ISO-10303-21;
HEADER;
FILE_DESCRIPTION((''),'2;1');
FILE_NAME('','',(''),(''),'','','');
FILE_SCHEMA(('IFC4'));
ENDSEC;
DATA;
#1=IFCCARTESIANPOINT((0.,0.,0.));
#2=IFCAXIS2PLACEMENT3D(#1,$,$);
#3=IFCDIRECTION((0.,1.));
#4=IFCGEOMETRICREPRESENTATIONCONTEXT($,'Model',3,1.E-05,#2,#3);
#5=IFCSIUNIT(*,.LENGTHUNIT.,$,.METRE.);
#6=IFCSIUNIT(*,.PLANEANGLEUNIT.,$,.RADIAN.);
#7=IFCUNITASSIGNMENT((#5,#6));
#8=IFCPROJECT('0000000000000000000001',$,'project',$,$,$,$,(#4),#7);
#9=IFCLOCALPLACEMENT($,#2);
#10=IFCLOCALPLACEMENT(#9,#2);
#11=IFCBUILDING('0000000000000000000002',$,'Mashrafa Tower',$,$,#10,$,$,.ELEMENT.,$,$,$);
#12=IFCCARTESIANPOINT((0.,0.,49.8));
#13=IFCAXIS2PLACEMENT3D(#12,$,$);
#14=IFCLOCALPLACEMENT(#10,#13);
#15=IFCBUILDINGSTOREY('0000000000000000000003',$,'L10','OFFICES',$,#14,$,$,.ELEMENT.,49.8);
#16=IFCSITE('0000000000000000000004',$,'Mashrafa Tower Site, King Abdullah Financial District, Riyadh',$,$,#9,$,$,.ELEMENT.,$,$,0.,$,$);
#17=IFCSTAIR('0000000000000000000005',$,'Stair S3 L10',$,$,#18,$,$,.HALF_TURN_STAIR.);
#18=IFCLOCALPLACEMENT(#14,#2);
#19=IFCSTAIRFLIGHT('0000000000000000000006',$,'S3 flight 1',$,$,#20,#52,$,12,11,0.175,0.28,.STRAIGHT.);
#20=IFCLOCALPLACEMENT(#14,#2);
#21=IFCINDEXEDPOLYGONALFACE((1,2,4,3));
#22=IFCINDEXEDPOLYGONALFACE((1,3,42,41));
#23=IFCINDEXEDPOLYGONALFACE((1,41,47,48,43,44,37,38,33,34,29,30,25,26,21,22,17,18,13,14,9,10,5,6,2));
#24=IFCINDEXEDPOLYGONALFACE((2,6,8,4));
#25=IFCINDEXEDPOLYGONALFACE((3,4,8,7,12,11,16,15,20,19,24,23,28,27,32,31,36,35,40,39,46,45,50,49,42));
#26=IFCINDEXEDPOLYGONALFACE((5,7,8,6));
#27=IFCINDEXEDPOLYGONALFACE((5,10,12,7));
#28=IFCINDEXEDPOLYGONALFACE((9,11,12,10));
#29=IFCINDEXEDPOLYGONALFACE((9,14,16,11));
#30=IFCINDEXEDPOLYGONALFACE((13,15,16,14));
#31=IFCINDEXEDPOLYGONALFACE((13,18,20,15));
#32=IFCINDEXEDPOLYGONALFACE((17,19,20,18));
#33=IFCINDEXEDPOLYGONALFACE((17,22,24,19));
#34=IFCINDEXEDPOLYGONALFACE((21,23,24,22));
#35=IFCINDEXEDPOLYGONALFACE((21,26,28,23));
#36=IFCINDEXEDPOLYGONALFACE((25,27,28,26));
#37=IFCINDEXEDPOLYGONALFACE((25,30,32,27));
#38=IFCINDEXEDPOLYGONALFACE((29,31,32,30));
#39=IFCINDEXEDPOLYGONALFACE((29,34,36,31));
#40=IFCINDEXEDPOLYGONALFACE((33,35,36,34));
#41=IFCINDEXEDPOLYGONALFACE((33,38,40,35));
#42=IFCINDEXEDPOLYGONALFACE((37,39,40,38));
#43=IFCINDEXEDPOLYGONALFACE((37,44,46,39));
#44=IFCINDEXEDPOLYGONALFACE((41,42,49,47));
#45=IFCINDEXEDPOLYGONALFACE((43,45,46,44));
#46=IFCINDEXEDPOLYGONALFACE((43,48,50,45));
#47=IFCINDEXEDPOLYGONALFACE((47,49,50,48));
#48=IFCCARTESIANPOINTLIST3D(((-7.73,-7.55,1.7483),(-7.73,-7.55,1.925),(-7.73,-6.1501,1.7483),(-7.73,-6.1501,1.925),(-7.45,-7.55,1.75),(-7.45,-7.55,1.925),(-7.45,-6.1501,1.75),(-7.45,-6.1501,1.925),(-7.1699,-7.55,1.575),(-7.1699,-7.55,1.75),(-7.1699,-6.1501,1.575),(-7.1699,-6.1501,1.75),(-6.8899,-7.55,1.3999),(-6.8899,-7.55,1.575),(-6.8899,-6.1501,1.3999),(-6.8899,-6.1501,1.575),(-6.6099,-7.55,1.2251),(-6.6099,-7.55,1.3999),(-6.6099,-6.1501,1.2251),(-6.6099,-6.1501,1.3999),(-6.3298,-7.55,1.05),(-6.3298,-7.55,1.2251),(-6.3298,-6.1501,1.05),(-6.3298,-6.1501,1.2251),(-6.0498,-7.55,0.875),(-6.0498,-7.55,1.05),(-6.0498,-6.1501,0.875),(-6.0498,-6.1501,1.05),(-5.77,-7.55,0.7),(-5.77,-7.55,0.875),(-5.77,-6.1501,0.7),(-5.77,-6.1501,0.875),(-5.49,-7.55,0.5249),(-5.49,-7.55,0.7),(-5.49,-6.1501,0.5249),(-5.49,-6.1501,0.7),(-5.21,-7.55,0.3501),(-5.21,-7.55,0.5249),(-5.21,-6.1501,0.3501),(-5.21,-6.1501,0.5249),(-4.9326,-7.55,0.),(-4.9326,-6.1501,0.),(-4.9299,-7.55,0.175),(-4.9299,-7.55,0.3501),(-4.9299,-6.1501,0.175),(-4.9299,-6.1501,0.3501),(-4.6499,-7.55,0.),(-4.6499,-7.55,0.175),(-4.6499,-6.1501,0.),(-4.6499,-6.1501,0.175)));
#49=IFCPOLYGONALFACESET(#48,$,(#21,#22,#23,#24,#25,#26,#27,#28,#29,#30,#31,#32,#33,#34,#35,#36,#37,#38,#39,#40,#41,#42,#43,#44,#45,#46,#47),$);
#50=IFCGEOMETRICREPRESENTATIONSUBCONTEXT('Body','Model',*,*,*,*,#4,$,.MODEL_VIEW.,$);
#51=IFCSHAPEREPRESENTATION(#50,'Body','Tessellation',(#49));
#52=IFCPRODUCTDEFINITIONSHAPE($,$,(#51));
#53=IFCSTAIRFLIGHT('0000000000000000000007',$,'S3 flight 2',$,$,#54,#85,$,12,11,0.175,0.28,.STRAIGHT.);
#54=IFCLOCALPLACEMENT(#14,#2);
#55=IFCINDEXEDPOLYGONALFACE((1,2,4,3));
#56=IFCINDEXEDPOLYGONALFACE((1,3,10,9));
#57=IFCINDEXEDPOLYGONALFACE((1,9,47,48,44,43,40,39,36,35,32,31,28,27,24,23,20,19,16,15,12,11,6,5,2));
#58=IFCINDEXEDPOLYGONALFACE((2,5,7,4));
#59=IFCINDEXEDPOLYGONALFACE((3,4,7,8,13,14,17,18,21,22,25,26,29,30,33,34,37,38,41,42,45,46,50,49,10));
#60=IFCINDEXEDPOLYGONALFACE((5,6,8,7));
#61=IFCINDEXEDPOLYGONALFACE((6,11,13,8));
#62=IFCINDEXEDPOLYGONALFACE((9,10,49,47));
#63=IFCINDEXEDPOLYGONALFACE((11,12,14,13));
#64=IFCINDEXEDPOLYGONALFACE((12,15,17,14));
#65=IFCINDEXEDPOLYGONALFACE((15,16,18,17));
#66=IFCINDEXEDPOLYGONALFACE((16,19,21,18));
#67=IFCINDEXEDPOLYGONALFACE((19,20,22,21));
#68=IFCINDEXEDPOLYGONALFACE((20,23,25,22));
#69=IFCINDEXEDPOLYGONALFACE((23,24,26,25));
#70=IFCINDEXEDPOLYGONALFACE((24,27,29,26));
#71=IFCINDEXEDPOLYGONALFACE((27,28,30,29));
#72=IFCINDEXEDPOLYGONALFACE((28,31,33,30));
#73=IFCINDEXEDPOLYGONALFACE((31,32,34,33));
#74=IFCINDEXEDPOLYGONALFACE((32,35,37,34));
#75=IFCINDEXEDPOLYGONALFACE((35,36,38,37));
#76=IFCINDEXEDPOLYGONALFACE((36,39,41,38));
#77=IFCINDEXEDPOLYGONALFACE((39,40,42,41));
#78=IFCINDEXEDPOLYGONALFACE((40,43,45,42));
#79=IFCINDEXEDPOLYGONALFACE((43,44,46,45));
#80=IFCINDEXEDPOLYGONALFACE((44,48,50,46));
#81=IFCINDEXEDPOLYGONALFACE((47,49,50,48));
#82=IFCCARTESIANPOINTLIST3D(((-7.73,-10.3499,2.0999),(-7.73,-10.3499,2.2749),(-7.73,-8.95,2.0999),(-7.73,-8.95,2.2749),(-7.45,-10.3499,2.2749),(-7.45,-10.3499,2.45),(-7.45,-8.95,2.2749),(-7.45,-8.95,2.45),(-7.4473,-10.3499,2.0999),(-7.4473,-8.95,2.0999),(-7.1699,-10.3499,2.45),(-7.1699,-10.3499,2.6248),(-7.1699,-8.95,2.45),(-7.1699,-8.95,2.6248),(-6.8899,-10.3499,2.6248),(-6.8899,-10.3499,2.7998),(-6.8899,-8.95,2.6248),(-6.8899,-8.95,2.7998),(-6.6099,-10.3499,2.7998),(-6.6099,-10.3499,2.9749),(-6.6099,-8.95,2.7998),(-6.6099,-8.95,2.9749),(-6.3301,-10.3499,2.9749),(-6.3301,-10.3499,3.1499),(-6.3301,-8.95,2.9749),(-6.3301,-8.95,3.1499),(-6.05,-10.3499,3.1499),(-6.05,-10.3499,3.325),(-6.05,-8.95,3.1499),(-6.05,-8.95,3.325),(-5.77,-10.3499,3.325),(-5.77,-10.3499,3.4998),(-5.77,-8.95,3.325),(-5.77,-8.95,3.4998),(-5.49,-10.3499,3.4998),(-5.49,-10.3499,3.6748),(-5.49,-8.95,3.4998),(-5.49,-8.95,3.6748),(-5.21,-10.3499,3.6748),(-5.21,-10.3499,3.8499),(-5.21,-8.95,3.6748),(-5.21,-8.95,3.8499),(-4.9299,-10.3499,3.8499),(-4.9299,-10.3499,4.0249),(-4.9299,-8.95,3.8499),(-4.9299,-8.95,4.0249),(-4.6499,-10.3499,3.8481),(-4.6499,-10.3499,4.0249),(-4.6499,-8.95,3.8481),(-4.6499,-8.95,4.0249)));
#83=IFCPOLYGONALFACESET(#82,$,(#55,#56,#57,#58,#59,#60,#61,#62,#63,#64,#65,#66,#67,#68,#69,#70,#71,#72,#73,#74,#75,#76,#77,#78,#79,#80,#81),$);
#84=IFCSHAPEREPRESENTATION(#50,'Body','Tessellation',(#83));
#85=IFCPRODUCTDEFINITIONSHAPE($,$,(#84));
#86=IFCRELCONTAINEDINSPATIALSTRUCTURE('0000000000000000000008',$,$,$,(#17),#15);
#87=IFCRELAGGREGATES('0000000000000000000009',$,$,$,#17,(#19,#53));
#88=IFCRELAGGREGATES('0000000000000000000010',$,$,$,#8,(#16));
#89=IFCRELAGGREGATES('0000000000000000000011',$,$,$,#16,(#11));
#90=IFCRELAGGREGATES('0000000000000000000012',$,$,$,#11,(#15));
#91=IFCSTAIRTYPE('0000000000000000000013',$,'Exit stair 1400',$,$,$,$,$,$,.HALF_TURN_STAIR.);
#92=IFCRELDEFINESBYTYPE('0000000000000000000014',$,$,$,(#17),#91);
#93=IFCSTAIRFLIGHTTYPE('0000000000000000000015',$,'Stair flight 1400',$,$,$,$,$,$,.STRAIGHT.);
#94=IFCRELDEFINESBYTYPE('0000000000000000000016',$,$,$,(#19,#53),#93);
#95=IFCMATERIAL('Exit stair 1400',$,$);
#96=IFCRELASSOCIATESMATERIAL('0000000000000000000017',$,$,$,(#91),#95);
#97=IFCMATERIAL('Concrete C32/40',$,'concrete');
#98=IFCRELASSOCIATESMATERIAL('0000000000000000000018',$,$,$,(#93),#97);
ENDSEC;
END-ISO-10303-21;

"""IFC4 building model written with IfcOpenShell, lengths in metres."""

from ifc_helpers import new_model, si_unit, direction, frame, origin, place, context, subcontext, project, spatial, polyline, outline, extrude, material, type_object, element, aggregate, save


model = new_model("IFC4")

# Units and contexts
model_context = context("Model", 3, precision=1e-05, world=origin(), true_north=direction((0.0, 1.0)))
body_context = subcontext(model_context, "Body", "Model", "MODEL_VIEW")
ifc_project = project(units=[si_unit("LENGTHUNIT", "METRE"), si_unit("PLANEANGLEUNIT", "RADIAN")], contexts=[model_context])

# Site, building, storey
site_placement = place(None, origin())
site = spatial("IfcSite", under=ifc_project, at=site_placement, Name="Mashrafa Tower Site, King Abdullah Financial District, Riyadh", CompositionType="ELEMENT", RefElevation=0.0)
building_placement = place(site_placement, origin())
building = spatial("IfcBuilding", under=site, at=building_placement, Name="Mashrafa Tower", CompositionType="ELEMENT")
storey_placement = place(building_placement, frame((0.0, 0.0, 49.8)))
storey = spatial("IfcBuildingStorey", under=building, at=storey_placement, Name="L10", Description="OFFICES", CompositionType="ELEMENT", Elevation=49.8)

# Stair, stair flights
ifc_material_1 = material(Name="Exit stair 1400")
stair_type = type_object("IfcStairType", Name="Exit stair 1400", PredefinedType="HALF_TURN_STAIR", material=ifc_material_1)
stair_placement = place(storey_placement, origin())
stair = element("IfcStair", 1, at=stair_placement, inside=storey, type_object=stair_type, Name="Stair S3 L10", PredefinedType="HALF_TURN_STAIR")
ifc_material_2 = material(Name="Concrete C32/40", Category="concrete")
stair_flight_type = type_object("IfcStairFlightType", Name="Stair flight 1400", PredefinedType="STRAIGHT", material=ifc_material_2)
stair_flight_1_placement = place(storey_placement, frame((-4.6499, -6.8501, 0.0), z_axis=(0.0, 0.0, 1.0), x_axis=(-1.0, 0.0, 0.0)))
stair_flight_1 = element("IfcStairFlight", 2, at=stair_flight_1_placement, type_object=stair_flight_type, Name="S3 flight 1", NumberOfRisers=12, NumberOfTreads=11, PredefinedType="STRAIGHT", RiserHeight=0.175, TreadLength=0.28, context=body_context, shape_type="SweptSolid", body=[
    extrude(outline(polyline([(0.0, 0.0), (0.0, 0.175), (0.28, 0.175), (0.28, 0.3501), (0.5601, 0.3501), (0.5601, 0.5249), (0.8401, 0.5249), (0.8401, 0.7), (1.1201, 0.7), (1.1201, 0.875), (1.3999, 0.875), (1.3999, 1.05), (1.6799, 1.05), (1.6799, 1.2251), (1.96, 1.2251), (1.96, 1.3999), (2.24, 1.3999), (2.24, 1.575), (2.52, 1.575), (2.52, 1.75), (2.8, 1.75), (2.8, 1.925), (3.0801, 1.925), (3.0801, 2.1001), (3.0801, 1.7483), (0.2827, 0.0), (0.0, 0.0)])), frame((0.0, 0.7, 0.0), z_axis=(0.0, -1.0, 0.0), x_axis=(1.0, 0.0, 0.0)), (0.0, 0.0, 1.0), 1.3999),
])
stair_flight_2_placement = place(storey_placement, frame((-7.73, -9.6499, 2.0999), z_axis=(0.0, 0.0, 1.0), x_axis=(1.0, 0.0, 0.0)))
stair_flight_2 = element("IfcStairFlight", 3, at=stair_flight_2_placement, type_object=stair_flight_type, Name="S3 flight 2", NumberOfRisers=12, NumberOfTreads=11, PredefinedType="STRAIGHT", RiserHeight=0.175, TreadLength=0.28, context=body_context, shape_type="SweptSolid", body=[
    extrude(outline(polyline([(0.0, 0.0), (0.0, 0.175), (0.28, 0.175), (0.28, 0.3501), (0.5601, 0.3501), (0.5601, 0.5249), (0.8401, 0.5249), (0.8401, 0.7), (1.1201, 0.7), (1.1201, 0.875), (1.3999, 0.875), (1.3999, 1.05), (1.6799, 1.05), (1.6799, 1.2251), (1.96, 1.2251), (1.96, 1.3999), (2.24, 1.3999), (2.24, 1.575), (2.52, 1.575), (2.52, 1.75), (2.8, 1.75), (2.8, 1.925), (3.0801, 1.925), (3.0801, 2.1001), (3.0801, 1.7483), (0.2827, 0.0), (0.0, 0.0)])), frame((0.0, 0.7, 0.0), z_axis=(0.0, -1.0, 0.0), x_axis=(1.0, 0.0, 0.0)), (0.0, 0.0, 1.0), 1.3999),
])
aggregate(stair, [stair_flight_1, stair_flight_2])

save(model, "model.ifc")
